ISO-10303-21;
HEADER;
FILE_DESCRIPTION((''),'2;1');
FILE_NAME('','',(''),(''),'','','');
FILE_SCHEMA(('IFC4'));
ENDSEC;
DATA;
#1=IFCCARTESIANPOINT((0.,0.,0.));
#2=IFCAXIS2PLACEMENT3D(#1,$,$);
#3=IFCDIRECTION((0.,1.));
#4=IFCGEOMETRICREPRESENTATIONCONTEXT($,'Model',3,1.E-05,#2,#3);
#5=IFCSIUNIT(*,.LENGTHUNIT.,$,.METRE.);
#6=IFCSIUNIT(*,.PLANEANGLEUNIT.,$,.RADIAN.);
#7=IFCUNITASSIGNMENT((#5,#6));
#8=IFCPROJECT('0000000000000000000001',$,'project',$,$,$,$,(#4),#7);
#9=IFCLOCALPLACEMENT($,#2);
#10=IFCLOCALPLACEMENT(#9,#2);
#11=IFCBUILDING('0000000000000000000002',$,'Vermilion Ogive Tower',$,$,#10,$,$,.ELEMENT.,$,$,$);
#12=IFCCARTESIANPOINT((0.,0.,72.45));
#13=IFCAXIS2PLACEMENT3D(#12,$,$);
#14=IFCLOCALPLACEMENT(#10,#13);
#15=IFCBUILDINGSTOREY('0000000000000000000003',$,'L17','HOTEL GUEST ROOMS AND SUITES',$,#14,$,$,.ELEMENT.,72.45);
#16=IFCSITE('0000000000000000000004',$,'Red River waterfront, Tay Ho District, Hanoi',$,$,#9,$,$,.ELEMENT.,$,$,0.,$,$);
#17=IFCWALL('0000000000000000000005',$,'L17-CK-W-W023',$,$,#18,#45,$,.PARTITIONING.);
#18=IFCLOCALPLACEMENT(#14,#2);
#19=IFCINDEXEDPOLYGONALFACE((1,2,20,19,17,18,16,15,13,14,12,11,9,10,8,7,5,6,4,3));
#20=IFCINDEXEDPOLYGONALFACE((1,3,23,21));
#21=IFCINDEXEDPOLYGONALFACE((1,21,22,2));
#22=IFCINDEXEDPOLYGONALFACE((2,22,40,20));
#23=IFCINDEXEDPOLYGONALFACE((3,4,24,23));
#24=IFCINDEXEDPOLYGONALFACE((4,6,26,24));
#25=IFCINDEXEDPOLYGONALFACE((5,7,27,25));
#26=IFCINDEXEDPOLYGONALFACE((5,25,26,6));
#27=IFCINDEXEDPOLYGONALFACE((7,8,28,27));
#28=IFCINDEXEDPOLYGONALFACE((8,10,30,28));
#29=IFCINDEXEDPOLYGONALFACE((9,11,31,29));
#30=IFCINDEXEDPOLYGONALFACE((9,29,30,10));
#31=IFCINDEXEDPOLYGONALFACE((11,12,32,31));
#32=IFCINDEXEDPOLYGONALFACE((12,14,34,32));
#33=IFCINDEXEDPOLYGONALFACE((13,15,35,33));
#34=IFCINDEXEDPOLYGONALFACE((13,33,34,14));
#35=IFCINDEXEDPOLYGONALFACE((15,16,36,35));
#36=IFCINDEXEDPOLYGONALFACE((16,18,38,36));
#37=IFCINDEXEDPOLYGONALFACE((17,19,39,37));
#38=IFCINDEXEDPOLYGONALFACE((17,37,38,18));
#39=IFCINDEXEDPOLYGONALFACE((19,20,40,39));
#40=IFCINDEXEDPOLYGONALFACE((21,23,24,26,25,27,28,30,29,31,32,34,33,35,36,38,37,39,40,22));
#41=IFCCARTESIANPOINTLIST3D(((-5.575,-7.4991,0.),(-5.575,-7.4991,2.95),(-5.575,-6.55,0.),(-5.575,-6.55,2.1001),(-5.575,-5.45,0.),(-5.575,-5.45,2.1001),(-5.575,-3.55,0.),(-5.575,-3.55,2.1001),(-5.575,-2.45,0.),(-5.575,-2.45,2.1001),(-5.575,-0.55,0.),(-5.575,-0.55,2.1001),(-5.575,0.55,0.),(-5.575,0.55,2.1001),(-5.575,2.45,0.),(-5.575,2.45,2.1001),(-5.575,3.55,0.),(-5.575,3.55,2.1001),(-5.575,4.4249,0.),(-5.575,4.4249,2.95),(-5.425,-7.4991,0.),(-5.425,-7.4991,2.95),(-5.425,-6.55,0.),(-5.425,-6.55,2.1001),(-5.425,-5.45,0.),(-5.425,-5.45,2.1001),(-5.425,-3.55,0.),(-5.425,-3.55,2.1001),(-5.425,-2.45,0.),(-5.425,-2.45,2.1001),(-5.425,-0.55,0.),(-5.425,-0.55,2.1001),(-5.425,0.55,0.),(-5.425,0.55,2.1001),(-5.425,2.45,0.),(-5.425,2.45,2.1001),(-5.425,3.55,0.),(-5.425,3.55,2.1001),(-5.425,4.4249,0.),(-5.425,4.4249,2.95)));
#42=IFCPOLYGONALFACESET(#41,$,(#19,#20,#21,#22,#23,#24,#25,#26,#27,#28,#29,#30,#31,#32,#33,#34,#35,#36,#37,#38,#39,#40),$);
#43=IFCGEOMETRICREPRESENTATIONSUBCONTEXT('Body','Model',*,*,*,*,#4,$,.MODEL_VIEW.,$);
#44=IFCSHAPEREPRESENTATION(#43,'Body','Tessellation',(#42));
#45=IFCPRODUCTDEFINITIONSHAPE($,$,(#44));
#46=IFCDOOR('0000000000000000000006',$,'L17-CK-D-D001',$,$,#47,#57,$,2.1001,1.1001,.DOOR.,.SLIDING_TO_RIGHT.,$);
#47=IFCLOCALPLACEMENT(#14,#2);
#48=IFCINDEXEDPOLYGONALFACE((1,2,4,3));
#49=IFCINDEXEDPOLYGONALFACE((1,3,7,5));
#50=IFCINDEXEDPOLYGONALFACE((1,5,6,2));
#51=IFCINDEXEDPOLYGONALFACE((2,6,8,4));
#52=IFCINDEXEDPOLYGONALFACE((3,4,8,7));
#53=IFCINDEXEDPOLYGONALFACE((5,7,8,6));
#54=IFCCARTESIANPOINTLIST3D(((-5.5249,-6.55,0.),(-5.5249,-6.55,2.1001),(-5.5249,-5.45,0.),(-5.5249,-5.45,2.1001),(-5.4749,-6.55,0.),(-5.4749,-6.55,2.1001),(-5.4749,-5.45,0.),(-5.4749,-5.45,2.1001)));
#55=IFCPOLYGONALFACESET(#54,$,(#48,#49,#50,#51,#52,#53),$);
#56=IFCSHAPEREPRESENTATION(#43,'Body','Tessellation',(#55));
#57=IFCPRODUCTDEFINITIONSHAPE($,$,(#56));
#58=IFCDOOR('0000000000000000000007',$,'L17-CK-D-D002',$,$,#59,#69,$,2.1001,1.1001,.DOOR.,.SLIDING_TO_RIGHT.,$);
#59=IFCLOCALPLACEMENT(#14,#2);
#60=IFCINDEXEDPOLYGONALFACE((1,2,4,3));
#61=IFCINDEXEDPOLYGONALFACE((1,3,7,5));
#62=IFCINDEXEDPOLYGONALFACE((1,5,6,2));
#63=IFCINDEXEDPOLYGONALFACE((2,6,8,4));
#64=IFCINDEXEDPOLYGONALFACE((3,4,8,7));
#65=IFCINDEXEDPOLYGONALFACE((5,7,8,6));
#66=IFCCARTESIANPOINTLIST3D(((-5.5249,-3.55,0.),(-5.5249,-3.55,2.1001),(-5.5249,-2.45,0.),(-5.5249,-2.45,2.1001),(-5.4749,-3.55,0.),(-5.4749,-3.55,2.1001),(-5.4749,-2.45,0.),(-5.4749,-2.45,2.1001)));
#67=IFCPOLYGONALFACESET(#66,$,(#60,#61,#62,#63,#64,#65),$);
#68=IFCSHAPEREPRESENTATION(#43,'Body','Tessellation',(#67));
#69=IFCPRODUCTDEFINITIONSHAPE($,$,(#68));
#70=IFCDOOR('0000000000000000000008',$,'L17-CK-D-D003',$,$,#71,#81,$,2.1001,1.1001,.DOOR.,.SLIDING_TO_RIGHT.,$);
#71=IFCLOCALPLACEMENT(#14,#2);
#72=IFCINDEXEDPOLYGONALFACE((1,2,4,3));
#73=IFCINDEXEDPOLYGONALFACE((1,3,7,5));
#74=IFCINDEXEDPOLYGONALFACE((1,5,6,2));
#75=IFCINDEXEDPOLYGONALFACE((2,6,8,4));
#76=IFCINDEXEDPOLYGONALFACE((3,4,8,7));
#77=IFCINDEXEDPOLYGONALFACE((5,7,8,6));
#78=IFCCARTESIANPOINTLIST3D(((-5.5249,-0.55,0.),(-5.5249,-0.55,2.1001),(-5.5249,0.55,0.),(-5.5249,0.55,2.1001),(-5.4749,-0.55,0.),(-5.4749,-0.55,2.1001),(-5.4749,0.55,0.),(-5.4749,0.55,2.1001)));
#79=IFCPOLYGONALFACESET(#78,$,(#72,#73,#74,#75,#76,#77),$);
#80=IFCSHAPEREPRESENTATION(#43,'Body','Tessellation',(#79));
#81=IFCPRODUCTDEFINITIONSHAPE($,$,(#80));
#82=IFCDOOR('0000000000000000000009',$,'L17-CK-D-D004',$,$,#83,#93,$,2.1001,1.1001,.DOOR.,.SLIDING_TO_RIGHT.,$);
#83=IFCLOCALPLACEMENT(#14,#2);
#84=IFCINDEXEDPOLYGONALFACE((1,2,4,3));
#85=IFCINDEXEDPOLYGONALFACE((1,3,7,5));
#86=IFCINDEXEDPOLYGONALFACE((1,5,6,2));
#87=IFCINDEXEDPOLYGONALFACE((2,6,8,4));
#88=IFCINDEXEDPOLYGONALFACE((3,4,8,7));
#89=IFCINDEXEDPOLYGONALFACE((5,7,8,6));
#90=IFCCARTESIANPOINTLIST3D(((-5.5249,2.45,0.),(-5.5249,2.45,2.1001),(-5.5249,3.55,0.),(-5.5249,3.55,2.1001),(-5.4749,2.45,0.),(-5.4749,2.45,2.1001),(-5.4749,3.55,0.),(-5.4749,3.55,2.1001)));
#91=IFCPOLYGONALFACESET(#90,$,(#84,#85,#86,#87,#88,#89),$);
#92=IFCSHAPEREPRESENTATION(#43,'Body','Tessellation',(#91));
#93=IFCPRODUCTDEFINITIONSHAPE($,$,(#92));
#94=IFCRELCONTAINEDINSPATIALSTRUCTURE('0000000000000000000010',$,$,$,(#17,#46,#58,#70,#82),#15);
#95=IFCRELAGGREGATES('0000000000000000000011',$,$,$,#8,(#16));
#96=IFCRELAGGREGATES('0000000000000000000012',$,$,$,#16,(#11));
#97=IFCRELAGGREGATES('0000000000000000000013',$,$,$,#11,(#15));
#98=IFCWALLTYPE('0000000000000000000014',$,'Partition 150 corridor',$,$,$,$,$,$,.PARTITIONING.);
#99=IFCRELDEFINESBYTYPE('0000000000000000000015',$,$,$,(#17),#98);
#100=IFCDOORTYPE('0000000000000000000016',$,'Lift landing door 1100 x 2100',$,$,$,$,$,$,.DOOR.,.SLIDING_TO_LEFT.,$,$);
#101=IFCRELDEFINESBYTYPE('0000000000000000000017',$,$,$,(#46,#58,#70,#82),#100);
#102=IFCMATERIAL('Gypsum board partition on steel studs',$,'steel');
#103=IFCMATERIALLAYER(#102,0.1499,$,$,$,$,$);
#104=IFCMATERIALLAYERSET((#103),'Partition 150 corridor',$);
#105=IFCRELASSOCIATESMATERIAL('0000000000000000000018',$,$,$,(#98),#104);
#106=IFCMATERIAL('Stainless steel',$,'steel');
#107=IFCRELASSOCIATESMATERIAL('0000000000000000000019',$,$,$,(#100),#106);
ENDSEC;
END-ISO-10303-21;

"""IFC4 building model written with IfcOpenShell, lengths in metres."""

from ifc_helpers import new_model, si_unit, direction, frame, frame_2d, origin, place, context, subcontext, project, spatial, rectangle, extrude, material, layer, layer_set, type_object, element, fill, save


model = new_model("IFC4")

# Units and contexts
model_context = context("Model", 3, precision=1e-05, world=origin(), true_north=direction((0.0, 1.0)))
body_context = subcontext(model_context, "Body", "Model", "MODEL_VIEW")
ifc_project = project(units=[si_unit("LENGTHUNIT", "METRE"), si_unit("PLANEANGLEUNIT", "RADIAN")], contexts=[model_context])

# Site, building, storey
site_placement = place(None, origin())
site = spatial("IfcSite", under=ifc_project, at=site_placement, Name="Red River waterfront, Tay Ho District, Hanoi", CompositionType="ELEMENT", RefElevation=0.0)
building_placement = place(site_placement, origin())
building = spatial("IfcBuilding", under=site, at=building_placement, Name="Vermilion Ogive Tower", CompositionType="ELEMENT")
storey_placement = place(building_placement, frame((0.0, 0.0, 72.45)))
storey = spatial("IfcBuildingStorey", under=building, at=storey_placement, Name="L17", Description="HOTEL GUEST ROOMS AND SUITES", CompositionType="ELEMENT", Elevation=72.45)

# Wall, openings, doors
ifc_material_1 = material(Name="Gypsum board partition on steel studs", Category="steel")
ifc_layer_1 = layer(ifc_material_1, 0.1499)
ifc_layer_set_1 = layer_set([ifc_layer_1], Name="Partition 150 corridor")
wall_type_1 = type_object("IfcWallType", Name="Partition 150 corridor", PredefinedType="PARTITIONING", material=ifc_layer_set_1)
wall_1_placement = place(storey_placement, frame((-5.5, -7.499, 0.0), z_axis=(0.0, 0.0, 1.0), x_axis=(0.0, 1.0, 0.0)))
wall_1 = element("IfcWall", 1, at=wall_1_placement, inside=storey, type_object=wall_type_1, Name="L17-CK-W-W023", PredefinedType="PARTITIONING", context=body_context, shape_type="SweptSolid", body=[
    extrude(rectangle(XDim=11.9241, YDim=0.1499, at=frame_2d((5.9619, 0.0))), origin(), (0.0, 0.0, 1.0), 2.95),
])
opening_1_placement = place(wall_1_placement, frame((0.949, 0.0, 0.0)))
opening_1 = element("IfcOpeningElement", 2, at=opening_1_placement, cuts=wall_1, PredefinedType="OPENING", context=body_context, shape_type="SweptSolid", body=[
    extrude(rectangle(XDim=1.1001, YDim=2.1001, at=frame_2d((0.55, 1.05))), frame((0.0, 0.085, 0.0), z_axis=(0.0, -1.0, 0.0), x_axis=(1.0, 0.0, 0.0)), (0.0, 0.0, 1.0), 0.1699),
])
opening_2_placement = place(wall_1_placement, frame((3.949, 0.0, 0.0)))
opening_2 = element("IfcOpeningElement", 3, at=opening_2_placement, cuts=wall_1, PredefinedType="OPENING", context=body_context, shape_type="SweptSolid", body=[
    extrude(rectangle(XDim=1.1001, YDim=2.1001, at=frame_2d((0.55, 1.05))), frame((0.0, 0.085, 0.0), z_axis=(0.0, -1.0, 0.0), x_axis=(1.0, 0.0, 0.0)), (0.0, 0.0, 1.0), 0.1699),
])
opening_3_placement = place(wall_1_placement, frame((6.949, 0.0, 0.0)))
opening_3 = element("IfcOpeningElement", 4, at=opening_3_placement, cuts=wall_1, PredefinedType="OPENING", context=body_context, shape_type="SweptSolid", body=[
    extrude(rectangle(XDim=1.1001, YDim=2.1001, at=frame_2d((0.55, 1.05))), frame((0.0, 0.085, 0.0), z_axis=(0.0, -1.0, 0.0), x_axis=(1.0, 0.0, 0.0)), (0.0, 0.0, 1.0), 0.1699),
])
opening_4_placement = place(wall_1_placement, frame((9.949, 0.0, 0.0)))
opening_4 = element("IfcOpeningElement", 5, at=opening_4_placement, cuts=wall_1, PredefinedType="OPENING", context=body_context, shape_type="SweptSolid", body=[
    extrude(rectangle(XDim=1.1001, YDim=2.1001, at=frame_2d((0.55, 1.05))), frame((0.0, 0.085, 0.0), z_axis=(0.0, -1.0, 0.0), x_axis=(1.0, 0.0, 0.0)), (0.0, 0.0, 1.0), 0.1699),
])
ifc_material_2 = material(Name="Stainless steel", Category="steel")
door_type_1 = type_object("IfcDoorType", Name="Lift landing door 1100 x 2100", OperationType="SLIDING_TO_LEFT", PredefinedType="DOOR", material=ifc_material_2)
door_1_placement = place(opening_1_placement, origin())
door_1 = element("IfcDoor", 6, at=door_1_placement, inside=storey, type_object=door_type_1, Name="L17-CK-D-D001", OperationType="SLIDING_TO_RIGHT", OverallHeight=2.1001, OverallWidth=1.1001, PredefinedType="DOOR", context=body_context, shape_type="SweptSolid", body=[
    extrude(rectangle(XDim=1.1001, YDim=2.1001, at=frame_2d((0.55, 1.05))), frame((0.0, 0.0249, 0.0), z_axis=(0.0, -1.0, 0.0), x_axis=(1.0, 0.0, 0.0)), (0.0, 0.0, 1.0), 0.05),
])
fill(opening_1, door_1)
door_2_placement = place(opening_2_placement, origin())
door_2 = element("IfcDoor", 7, at=door_2_placement, inside=storey, type_object=door_type_1, Name="L17-CK-D-D002", OperationType="SLIDING_TO_RIGHT", OverallHeight=2.1001, OverallWidth=1.1001, PredefinedType="DOOR", context=body_context, shape_type="SweptSolid", body=[
    extrude(rectangle(XDim=1.1001, YDim=2.1001, at=frame_2d((0.55, 1.05))), frame((0.0, 0.0249, 0.0), z_axis=(0.0, -1.0, 0.0), x_axis=(1.0, 0.0, 0.0)), (0.0, 0.0, 1.0), 0.05),
])
fill(opening_2, door_2)
door_3_placement = place(opening_3_placement, origin())
door_3 = element("IfcDoor", 8, at=door_3_placement, inside=storey, type_object=door_type_1, Name="L17-CK-D-D003", OperationType="SLIDING_TO_RIGHT", OverallHeight=2.1001, OverallWidth=1.1001, PredefinedType="DOOR", context=body_context, shape_type="SweptSolid", body=[
    extrude(rectangle(XDim=1.1001, YDim=2.1001, at=frame_2d((0.55, 1.05))), frame((0.0, 0.0249, 0.0), z_axis=(0.0, -1.0, 0.0), x_axis=(1.0, 0.0, 0.0)), (0.0, 0.0, 1.0), 0.05),
])
fill(opening_3, door_3)
door_4_placement = place(opening_4_placement, origin())
door_4 = element("IfcDoor", 9, at=door_4_placement, inside=storey, type_object=door_type_1, Name="L17-CK-D-D004", OperationType="SLIDING_TO_RIGHT", OverallHeight=2.1001, OverallWidth=1.1001, PredefinedType="DOOR", context=body_context, shape_type="SweptSolid", body=[
    extrude(rectangle(XDim=1.1001, YDim=2.1001, at=frame_2d((0.55, 1.05))), frame((0.0, 0.0249, 0.0), z_axis=(0.0, -1.0, 0.0), x_axis=(1.0, 0.0, 0.0)), (0.0, 0.0, 1.0), 0.05),
])
fill(opening_4, door_4)

save(model, "model.ifc")
